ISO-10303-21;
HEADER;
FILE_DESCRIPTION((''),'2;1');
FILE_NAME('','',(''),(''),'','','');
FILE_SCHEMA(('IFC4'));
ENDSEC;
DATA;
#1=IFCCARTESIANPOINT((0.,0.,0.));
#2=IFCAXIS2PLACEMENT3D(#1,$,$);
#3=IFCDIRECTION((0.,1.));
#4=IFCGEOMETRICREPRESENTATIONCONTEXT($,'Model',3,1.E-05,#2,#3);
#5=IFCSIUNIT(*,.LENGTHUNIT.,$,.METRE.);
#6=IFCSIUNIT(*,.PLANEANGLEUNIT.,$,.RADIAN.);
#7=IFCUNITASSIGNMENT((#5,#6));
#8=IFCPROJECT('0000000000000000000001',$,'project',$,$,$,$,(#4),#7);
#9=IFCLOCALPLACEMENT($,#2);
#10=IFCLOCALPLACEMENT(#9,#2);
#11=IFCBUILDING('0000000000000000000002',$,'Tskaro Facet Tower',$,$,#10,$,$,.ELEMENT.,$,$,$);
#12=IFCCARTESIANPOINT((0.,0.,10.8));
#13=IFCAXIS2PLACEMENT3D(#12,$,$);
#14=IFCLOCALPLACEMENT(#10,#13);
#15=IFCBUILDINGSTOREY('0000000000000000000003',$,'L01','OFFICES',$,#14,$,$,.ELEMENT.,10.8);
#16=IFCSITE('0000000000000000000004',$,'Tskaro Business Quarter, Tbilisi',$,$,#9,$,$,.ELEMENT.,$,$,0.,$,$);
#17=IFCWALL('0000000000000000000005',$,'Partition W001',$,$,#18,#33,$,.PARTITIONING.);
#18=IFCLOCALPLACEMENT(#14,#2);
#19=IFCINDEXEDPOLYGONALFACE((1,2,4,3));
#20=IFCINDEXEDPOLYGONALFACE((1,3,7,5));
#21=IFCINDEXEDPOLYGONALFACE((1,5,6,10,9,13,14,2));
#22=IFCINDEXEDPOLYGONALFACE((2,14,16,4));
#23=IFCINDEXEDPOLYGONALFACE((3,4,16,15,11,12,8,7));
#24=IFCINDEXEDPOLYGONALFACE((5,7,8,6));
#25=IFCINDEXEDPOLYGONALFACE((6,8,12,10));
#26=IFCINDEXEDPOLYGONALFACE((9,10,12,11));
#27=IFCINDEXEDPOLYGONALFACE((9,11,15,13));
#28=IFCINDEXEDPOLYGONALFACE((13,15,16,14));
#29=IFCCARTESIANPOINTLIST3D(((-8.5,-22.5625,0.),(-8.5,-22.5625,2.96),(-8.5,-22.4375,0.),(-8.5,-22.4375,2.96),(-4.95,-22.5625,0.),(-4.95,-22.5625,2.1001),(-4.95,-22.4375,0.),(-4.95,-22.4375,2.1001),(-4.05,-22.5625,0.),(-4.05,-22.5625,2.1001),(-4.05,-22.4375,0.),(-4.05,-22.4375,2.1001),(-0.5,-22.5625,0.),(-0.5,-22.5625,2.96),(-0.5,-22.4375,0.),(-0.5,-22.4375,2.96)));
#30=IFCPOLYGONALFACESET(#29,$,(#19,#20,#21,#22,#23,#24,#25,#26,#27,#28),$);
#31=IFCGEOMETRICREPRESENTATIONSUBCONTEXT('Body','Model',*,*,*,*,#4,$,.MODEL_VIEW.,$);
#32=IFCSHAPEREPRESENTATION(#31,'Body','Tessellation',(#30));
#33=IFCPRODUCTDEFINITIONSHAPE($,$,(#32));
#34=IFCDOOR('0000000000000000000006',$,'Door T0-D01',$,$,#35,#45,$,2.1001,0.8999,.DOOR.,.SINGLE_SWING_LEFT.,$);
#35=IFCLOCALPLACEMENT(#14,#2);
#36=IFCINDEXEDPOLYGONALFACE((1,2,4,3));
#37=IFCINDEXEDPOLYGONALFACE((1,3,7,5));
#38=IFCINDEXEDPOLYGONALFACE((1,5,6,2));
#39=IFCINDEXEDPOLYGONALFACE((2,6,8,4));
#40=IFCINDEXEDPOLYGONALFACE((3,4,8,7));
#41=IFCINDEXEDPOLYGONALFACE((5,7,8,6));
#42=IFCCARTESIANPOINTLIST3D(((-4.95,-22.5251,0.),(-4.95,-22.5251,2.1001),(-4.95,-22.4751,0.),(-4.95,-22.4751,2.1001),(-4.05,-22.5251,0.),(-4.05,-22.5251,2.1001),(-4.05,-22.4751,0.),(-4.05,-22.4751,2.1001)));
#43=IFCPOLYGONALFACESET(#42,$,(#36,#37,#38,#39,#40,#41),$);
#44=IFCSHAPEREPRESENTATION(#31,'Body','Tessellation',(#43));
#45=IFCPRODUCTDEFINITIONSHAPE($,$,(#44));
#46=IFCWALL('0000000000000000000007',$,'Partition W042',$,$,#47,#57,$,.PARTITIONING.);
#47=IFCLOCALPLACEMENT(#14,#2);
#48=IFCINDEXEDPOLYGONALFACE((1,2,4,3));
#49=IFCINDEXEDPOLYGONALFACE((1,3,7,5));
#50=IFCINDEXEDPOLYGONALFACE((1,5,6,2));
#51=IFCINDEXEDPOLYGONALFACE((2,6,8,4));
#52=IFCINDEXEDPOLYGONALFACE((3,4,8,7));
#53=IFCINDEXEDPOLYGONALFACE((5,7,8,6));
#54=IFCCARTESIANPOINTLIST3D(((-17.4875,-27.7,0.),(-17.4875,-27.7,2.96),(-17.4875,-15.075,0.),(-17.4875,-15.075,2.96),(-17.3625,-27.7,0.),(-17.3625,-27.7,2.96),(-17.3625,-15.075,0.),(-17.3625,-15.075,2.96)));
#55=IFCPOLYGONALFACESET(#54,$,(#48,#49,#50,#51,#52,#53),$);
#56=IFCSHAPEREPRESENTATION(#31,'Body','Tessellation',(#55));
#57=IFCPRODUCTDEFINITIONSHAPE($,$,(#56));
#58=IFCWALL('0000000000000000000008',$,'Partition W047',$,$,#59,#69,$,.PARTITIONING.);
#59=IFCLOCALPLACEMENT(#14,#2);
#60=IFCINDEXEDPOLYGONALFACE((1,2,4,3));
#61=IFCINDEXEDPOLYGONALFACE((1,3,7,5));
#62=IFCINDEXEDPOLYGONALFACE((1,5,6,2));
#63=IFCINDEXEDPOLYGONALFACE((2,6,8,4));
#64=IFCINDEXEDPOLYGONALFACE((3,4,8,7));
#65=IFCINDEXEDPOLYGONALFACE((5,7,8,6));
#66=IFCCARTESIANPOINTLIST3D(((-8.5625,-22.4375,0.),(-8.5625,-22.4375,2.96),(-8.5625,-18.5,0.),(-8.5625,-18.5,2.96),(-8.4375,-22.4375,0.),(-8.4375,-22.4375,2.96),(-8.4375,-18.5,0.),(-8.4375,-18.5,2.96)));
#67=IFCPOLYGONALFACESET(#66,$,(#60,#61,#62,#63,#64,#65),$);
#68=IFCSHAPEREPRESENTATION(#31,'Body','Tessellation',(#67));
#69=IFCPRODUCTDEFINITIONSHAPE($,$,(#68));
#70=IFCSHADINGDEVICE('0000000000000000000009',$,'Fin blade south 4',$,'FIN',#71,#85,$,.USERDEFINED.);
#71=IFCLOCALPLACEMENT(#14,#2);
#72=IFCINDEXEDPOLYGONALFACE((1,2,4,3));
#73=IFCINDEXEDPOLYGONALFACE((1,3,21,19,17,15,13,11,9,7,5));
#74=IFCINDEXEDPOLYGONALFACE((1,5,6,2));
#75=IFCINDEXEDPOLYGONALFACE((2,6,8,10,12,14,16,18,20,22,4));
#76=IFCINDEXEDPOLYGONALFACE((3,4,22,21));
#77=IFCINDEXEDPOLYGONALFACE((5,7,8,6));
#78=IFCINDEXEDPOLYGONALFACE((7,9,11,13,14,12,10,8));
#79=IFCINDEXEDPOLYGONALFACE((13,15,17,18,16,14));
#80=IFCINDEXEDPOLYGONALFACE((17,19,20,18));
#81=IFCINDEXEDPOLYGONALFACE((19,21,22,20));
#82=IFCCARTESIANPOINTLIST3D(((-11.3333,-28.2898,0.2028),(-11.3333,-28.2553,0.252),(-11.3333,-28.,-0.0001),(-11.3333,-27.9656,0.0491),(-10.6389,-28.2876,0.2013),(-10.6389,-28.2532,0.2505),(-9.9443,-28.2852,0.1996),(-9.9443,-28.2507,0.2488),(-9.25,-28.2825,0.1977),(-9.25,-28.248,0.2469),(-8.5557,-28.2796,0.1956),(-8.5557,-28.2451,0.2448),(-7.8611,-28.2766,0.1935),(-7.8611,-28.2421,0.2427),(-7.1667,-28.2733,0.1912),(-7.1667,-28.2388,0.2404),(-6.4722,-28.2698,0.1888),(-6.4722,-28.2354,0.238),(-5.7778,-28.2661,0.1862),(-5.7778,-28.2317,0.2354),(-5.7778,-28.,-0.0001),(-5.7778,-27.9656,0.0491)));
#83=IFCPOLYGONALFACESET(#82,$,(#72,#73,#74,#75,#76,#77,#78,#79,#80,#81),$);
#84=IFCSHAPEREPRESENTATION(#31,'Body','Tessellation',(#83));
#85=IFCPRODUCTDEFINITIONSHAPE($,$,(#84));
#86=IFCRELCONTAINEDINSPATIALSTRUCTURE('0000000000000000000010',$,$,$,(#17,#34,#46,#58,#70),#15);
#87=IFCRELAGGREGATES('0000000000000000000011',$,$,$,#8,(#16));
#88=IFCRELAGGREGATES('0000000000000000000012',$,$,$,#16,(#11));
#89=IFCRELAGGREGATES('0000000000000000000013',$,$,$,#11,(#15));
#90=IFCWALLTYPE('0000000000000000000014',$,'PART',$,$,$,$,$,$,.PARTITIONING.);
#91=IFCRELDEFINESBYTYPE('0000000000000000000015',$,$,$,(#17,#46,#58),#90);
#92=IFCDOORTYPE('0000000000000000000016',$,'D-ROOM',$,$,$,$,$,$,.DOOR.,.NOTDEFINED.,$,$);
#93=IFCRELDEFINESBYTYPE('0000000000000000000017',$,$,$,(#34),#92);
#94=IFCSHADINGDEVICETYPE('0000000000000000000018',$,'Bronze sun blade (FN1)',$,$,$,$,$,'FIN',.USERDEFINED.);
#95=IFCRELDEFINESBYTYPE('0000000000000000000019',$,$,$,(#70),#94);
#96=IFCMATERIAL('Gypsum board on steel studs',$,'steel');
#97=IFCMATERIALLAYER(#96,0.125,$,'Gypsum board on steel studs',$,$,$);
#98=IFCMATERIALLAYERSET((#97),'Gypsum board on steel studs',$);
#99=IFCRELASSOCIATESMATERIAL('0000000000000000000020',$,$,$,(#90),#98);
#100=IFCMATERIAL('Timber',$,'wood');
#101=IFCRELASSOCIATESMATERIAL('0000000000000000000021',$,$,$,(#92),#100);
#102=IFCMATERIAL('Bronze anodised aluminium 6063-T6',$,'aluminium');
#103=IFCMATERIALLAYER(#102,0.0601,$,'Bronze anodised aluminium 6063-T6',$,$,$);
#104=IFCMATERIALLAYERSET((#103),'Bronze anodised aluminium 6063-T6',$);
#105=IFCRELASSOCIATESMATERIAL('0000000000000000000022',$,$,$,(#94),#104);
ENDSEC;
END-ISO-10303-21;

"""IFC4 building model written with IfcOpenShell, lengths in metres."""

from ifc_helpers import new_model, si_unit, direction, frame, frame_2d, origin, place, context, subcontext, project, spatial, polyline, rectangle, outline, extrude, material, layer, layer_set, type_object, element, fill, save


model = new_model("IFC4")

# Units and contexts
model_context = context("Model", 3, precision=1e-05, world=origin(), true_north=direction((0.0, 1.0)))
body_context = subcontext(model_context, "Body", "Model", "MODEL_VIEW")
ifc_project = project(units=[si_unit("LENGTHUNIT", "METRE"), si_unit("PLANEANGLEUNIT", "RADIAN")], contexts=[model_context])

# Site, building, storey
site_placement = place(None, origin())
site = spatial("IfcSite", under=ifc_project, at=site_placement, Name="Tskaro Business Quarter, Tbilisi", CompositionType="ELEMENT", RefElevation=0.0)
building_placement = place(site_placement, origin())
building = spatial("IfcBuilding", under=site, at=building_placement, Name="Tskaro Facet Tower", CompositionType="ELEMENT")
storey_placement = place(building_placement, frame((0.0, 0.0, 10.8)))
storey = spatial("IfcBuildingStorey", under=building, at=storey_placement, Name="L01", Description="OFFICES", CompositionType="ELEMENT", Elevation=10.8)

# Shared definitions
ifc_material_1 = material(Name="Bronze anodised aluminium 6063-T6", Category="aluminium")

# Wall, opening, door
ifc_material_2 = material(Name="Gypsum board on steel studs", Category="steel")
ifc_layer_1 = layer(ifc_material_2, 0.125, Name="Gypsum board on steel studs")
ifc_layer_set_1 = layer_set([ifc_layer_1], Name="Gypsum board on steel studs")
wall_type = type_object("IfcWallType", Name="PART", PredefinedType="PARTITIONING", material=ifc_layer_set_1)
wall_1_placement = place(storey_placement, frame((-8.5, -22.5, 0.0), z_axis=(0.0, 0.0, 1.0), x_axis=(1.0, 0.0, 0.0)))
wall_1 = element("IfcWall", 1, at=wall_1_placement, inside=storey, type_object=wall_type, Name="Partition W001", PredefinedType="PARTITIONING", context=body_context, shape_type="SweptSolid", body=[
    extrude(rectangle(XDim=8.0, YDim=0.125, at=frame_2d((4.0, 0.0))), origin(), (0.0, 0.0, 1.0), 2.96),
])
opening_placement = place(wall_1_placement, frame((3.55, 0.0, 0.0)))
opening = element("IfcOpeningElement", 2, at=opening_placement, cuts=wall_1, PredefinedType="OPENING", context=body_context, shape_type="SweptSolid", body=[
    extrude(rectangle(XDim=0.8999, YDim=2.1001, at=frame_2d((0.45, 1.05))), frame((0.0, 0.0725, 0.0), z_axis=(0.0, -1.0, 0.0), x_axis=(1.0, 0.0, 0.0)), (0.0, 0.0, 1.0), 0.145),
])
ifc_material_3 = material(Name="Timber", Category="wood")
door_type = type_object("IfcDoorType", Name="D-ROOM", OperationType="NOTDEFINED", PredefinedType="DOOR", material=ifc_material_3)
door_placement = place(opening_placement, origin())
door = element("IfcDoor", 3, at=door_placement, inside=storey, type_object=door_type, Name="Door T0-D01", OperationType="SINGLE_SWING_LEFT", OverallHeight=2.1001, OverallWidth=0.8999, PredefinedType="DOOR", context=body_context, shape_type="SweptSolid", body=[
    extrude(rectangle(XDim=0.8999, YDim=2.1001, at=frame_2d((0.45, 1.05))), frame((0.0, 0.0249, 0.0), z_axis=(0.0, -1.0, 0.0), x_axis=(1.0, 0.0, 0.0)), (0.0, 0.0, 1.0), 0.05),
])
fill(opening, door)

# Walls
wall_2_placement = place(storey_placement, frame((-17.425, -27.7, 0.0), z_axis=(0.0, 0.0, 1.0), x_axis=(0.0, 1.0, 0.0)))
element("IfcWall", 4, at=wall_2_placement, inside=storey, type_object=wall_type, Name="Partition W042", PredefinedType="PARTITIONING", context=body_context, shape_type="SweptSolid", body=[
    extrude(rectangle(XDim=12.625, YDim=0.125, at=frame_2d((6.3125, 0.0))), origin(), (0.0, 0.0, 1.0), 2.96),
])
wall_3_placement = place(storey_placement, frame((-8.5, -22.4375, 0.0), z_axis=(0.0, 0.0, 1.0), x_axis=(0.0, 1.0, 0.0)))
element("IfcWall", 5, at=wall_3_placement, inside=storey, type_object=wall_type, Name="Partition W047", PredefinedType="PARTITIONING", context=body_context, shape_type="SweptSolid", body=[
    extrude(rectangle(XDim=3.9375, YDim=0.125, at=frame_2d((1.9688, 0.0))), origin(), (0.0, 0.0, 1.0), 2.96),
])

# Shading device
ifc_layer_2 = layer(ifc_material_1, 0.0601, Name="Bronze anodised aluminium 6063-T6")
ifc_layer_set_2 = layer_set([ifc_layer_2], Name="Bronze anodised aluminium 6063-T6")
shading_device_type = type_object("IfcShadingDeviceType", Name="Bronze sun blade (FN1)", ElementType="FIN", PredefinedType="USERDEFINED", material=ifc_layer_set_2)
shading_device_1_placement = place(storey_placement, frame((-11.3333, -27.9656, 0.0491), z_axis=(0.000001, 0.573616, 0.819125), x_axis=(1.0, -0.000001, -0.000001)))
element("IfcShadingDevice", 6, at=shading_device_1_placement, inside=storey, type_object=shading_device_type, Name="Fin blade south 4", ObjectType="FIN", PredefinedType="USERDEFINED", context=body_context, shape_type="SweptSolid", body=[
    extrude(outline(polyline([(0.0, 0.0), (5.5554, 0.0), (5.5554, -0.3248), (4.8611, -0.3294), (4.1665, -0.3336), (3.4722, -0.3376), (2.7776, -0.3413), (2.0833, -0.3448), (1.3889, -0.3481), (0.6943, -0.3511), (0.0, -0.3538), (0.0, 0.0)])), origin(), (0.0, 0.0, -1.0), 0.0601),
])

save(model, "model.ifc")
